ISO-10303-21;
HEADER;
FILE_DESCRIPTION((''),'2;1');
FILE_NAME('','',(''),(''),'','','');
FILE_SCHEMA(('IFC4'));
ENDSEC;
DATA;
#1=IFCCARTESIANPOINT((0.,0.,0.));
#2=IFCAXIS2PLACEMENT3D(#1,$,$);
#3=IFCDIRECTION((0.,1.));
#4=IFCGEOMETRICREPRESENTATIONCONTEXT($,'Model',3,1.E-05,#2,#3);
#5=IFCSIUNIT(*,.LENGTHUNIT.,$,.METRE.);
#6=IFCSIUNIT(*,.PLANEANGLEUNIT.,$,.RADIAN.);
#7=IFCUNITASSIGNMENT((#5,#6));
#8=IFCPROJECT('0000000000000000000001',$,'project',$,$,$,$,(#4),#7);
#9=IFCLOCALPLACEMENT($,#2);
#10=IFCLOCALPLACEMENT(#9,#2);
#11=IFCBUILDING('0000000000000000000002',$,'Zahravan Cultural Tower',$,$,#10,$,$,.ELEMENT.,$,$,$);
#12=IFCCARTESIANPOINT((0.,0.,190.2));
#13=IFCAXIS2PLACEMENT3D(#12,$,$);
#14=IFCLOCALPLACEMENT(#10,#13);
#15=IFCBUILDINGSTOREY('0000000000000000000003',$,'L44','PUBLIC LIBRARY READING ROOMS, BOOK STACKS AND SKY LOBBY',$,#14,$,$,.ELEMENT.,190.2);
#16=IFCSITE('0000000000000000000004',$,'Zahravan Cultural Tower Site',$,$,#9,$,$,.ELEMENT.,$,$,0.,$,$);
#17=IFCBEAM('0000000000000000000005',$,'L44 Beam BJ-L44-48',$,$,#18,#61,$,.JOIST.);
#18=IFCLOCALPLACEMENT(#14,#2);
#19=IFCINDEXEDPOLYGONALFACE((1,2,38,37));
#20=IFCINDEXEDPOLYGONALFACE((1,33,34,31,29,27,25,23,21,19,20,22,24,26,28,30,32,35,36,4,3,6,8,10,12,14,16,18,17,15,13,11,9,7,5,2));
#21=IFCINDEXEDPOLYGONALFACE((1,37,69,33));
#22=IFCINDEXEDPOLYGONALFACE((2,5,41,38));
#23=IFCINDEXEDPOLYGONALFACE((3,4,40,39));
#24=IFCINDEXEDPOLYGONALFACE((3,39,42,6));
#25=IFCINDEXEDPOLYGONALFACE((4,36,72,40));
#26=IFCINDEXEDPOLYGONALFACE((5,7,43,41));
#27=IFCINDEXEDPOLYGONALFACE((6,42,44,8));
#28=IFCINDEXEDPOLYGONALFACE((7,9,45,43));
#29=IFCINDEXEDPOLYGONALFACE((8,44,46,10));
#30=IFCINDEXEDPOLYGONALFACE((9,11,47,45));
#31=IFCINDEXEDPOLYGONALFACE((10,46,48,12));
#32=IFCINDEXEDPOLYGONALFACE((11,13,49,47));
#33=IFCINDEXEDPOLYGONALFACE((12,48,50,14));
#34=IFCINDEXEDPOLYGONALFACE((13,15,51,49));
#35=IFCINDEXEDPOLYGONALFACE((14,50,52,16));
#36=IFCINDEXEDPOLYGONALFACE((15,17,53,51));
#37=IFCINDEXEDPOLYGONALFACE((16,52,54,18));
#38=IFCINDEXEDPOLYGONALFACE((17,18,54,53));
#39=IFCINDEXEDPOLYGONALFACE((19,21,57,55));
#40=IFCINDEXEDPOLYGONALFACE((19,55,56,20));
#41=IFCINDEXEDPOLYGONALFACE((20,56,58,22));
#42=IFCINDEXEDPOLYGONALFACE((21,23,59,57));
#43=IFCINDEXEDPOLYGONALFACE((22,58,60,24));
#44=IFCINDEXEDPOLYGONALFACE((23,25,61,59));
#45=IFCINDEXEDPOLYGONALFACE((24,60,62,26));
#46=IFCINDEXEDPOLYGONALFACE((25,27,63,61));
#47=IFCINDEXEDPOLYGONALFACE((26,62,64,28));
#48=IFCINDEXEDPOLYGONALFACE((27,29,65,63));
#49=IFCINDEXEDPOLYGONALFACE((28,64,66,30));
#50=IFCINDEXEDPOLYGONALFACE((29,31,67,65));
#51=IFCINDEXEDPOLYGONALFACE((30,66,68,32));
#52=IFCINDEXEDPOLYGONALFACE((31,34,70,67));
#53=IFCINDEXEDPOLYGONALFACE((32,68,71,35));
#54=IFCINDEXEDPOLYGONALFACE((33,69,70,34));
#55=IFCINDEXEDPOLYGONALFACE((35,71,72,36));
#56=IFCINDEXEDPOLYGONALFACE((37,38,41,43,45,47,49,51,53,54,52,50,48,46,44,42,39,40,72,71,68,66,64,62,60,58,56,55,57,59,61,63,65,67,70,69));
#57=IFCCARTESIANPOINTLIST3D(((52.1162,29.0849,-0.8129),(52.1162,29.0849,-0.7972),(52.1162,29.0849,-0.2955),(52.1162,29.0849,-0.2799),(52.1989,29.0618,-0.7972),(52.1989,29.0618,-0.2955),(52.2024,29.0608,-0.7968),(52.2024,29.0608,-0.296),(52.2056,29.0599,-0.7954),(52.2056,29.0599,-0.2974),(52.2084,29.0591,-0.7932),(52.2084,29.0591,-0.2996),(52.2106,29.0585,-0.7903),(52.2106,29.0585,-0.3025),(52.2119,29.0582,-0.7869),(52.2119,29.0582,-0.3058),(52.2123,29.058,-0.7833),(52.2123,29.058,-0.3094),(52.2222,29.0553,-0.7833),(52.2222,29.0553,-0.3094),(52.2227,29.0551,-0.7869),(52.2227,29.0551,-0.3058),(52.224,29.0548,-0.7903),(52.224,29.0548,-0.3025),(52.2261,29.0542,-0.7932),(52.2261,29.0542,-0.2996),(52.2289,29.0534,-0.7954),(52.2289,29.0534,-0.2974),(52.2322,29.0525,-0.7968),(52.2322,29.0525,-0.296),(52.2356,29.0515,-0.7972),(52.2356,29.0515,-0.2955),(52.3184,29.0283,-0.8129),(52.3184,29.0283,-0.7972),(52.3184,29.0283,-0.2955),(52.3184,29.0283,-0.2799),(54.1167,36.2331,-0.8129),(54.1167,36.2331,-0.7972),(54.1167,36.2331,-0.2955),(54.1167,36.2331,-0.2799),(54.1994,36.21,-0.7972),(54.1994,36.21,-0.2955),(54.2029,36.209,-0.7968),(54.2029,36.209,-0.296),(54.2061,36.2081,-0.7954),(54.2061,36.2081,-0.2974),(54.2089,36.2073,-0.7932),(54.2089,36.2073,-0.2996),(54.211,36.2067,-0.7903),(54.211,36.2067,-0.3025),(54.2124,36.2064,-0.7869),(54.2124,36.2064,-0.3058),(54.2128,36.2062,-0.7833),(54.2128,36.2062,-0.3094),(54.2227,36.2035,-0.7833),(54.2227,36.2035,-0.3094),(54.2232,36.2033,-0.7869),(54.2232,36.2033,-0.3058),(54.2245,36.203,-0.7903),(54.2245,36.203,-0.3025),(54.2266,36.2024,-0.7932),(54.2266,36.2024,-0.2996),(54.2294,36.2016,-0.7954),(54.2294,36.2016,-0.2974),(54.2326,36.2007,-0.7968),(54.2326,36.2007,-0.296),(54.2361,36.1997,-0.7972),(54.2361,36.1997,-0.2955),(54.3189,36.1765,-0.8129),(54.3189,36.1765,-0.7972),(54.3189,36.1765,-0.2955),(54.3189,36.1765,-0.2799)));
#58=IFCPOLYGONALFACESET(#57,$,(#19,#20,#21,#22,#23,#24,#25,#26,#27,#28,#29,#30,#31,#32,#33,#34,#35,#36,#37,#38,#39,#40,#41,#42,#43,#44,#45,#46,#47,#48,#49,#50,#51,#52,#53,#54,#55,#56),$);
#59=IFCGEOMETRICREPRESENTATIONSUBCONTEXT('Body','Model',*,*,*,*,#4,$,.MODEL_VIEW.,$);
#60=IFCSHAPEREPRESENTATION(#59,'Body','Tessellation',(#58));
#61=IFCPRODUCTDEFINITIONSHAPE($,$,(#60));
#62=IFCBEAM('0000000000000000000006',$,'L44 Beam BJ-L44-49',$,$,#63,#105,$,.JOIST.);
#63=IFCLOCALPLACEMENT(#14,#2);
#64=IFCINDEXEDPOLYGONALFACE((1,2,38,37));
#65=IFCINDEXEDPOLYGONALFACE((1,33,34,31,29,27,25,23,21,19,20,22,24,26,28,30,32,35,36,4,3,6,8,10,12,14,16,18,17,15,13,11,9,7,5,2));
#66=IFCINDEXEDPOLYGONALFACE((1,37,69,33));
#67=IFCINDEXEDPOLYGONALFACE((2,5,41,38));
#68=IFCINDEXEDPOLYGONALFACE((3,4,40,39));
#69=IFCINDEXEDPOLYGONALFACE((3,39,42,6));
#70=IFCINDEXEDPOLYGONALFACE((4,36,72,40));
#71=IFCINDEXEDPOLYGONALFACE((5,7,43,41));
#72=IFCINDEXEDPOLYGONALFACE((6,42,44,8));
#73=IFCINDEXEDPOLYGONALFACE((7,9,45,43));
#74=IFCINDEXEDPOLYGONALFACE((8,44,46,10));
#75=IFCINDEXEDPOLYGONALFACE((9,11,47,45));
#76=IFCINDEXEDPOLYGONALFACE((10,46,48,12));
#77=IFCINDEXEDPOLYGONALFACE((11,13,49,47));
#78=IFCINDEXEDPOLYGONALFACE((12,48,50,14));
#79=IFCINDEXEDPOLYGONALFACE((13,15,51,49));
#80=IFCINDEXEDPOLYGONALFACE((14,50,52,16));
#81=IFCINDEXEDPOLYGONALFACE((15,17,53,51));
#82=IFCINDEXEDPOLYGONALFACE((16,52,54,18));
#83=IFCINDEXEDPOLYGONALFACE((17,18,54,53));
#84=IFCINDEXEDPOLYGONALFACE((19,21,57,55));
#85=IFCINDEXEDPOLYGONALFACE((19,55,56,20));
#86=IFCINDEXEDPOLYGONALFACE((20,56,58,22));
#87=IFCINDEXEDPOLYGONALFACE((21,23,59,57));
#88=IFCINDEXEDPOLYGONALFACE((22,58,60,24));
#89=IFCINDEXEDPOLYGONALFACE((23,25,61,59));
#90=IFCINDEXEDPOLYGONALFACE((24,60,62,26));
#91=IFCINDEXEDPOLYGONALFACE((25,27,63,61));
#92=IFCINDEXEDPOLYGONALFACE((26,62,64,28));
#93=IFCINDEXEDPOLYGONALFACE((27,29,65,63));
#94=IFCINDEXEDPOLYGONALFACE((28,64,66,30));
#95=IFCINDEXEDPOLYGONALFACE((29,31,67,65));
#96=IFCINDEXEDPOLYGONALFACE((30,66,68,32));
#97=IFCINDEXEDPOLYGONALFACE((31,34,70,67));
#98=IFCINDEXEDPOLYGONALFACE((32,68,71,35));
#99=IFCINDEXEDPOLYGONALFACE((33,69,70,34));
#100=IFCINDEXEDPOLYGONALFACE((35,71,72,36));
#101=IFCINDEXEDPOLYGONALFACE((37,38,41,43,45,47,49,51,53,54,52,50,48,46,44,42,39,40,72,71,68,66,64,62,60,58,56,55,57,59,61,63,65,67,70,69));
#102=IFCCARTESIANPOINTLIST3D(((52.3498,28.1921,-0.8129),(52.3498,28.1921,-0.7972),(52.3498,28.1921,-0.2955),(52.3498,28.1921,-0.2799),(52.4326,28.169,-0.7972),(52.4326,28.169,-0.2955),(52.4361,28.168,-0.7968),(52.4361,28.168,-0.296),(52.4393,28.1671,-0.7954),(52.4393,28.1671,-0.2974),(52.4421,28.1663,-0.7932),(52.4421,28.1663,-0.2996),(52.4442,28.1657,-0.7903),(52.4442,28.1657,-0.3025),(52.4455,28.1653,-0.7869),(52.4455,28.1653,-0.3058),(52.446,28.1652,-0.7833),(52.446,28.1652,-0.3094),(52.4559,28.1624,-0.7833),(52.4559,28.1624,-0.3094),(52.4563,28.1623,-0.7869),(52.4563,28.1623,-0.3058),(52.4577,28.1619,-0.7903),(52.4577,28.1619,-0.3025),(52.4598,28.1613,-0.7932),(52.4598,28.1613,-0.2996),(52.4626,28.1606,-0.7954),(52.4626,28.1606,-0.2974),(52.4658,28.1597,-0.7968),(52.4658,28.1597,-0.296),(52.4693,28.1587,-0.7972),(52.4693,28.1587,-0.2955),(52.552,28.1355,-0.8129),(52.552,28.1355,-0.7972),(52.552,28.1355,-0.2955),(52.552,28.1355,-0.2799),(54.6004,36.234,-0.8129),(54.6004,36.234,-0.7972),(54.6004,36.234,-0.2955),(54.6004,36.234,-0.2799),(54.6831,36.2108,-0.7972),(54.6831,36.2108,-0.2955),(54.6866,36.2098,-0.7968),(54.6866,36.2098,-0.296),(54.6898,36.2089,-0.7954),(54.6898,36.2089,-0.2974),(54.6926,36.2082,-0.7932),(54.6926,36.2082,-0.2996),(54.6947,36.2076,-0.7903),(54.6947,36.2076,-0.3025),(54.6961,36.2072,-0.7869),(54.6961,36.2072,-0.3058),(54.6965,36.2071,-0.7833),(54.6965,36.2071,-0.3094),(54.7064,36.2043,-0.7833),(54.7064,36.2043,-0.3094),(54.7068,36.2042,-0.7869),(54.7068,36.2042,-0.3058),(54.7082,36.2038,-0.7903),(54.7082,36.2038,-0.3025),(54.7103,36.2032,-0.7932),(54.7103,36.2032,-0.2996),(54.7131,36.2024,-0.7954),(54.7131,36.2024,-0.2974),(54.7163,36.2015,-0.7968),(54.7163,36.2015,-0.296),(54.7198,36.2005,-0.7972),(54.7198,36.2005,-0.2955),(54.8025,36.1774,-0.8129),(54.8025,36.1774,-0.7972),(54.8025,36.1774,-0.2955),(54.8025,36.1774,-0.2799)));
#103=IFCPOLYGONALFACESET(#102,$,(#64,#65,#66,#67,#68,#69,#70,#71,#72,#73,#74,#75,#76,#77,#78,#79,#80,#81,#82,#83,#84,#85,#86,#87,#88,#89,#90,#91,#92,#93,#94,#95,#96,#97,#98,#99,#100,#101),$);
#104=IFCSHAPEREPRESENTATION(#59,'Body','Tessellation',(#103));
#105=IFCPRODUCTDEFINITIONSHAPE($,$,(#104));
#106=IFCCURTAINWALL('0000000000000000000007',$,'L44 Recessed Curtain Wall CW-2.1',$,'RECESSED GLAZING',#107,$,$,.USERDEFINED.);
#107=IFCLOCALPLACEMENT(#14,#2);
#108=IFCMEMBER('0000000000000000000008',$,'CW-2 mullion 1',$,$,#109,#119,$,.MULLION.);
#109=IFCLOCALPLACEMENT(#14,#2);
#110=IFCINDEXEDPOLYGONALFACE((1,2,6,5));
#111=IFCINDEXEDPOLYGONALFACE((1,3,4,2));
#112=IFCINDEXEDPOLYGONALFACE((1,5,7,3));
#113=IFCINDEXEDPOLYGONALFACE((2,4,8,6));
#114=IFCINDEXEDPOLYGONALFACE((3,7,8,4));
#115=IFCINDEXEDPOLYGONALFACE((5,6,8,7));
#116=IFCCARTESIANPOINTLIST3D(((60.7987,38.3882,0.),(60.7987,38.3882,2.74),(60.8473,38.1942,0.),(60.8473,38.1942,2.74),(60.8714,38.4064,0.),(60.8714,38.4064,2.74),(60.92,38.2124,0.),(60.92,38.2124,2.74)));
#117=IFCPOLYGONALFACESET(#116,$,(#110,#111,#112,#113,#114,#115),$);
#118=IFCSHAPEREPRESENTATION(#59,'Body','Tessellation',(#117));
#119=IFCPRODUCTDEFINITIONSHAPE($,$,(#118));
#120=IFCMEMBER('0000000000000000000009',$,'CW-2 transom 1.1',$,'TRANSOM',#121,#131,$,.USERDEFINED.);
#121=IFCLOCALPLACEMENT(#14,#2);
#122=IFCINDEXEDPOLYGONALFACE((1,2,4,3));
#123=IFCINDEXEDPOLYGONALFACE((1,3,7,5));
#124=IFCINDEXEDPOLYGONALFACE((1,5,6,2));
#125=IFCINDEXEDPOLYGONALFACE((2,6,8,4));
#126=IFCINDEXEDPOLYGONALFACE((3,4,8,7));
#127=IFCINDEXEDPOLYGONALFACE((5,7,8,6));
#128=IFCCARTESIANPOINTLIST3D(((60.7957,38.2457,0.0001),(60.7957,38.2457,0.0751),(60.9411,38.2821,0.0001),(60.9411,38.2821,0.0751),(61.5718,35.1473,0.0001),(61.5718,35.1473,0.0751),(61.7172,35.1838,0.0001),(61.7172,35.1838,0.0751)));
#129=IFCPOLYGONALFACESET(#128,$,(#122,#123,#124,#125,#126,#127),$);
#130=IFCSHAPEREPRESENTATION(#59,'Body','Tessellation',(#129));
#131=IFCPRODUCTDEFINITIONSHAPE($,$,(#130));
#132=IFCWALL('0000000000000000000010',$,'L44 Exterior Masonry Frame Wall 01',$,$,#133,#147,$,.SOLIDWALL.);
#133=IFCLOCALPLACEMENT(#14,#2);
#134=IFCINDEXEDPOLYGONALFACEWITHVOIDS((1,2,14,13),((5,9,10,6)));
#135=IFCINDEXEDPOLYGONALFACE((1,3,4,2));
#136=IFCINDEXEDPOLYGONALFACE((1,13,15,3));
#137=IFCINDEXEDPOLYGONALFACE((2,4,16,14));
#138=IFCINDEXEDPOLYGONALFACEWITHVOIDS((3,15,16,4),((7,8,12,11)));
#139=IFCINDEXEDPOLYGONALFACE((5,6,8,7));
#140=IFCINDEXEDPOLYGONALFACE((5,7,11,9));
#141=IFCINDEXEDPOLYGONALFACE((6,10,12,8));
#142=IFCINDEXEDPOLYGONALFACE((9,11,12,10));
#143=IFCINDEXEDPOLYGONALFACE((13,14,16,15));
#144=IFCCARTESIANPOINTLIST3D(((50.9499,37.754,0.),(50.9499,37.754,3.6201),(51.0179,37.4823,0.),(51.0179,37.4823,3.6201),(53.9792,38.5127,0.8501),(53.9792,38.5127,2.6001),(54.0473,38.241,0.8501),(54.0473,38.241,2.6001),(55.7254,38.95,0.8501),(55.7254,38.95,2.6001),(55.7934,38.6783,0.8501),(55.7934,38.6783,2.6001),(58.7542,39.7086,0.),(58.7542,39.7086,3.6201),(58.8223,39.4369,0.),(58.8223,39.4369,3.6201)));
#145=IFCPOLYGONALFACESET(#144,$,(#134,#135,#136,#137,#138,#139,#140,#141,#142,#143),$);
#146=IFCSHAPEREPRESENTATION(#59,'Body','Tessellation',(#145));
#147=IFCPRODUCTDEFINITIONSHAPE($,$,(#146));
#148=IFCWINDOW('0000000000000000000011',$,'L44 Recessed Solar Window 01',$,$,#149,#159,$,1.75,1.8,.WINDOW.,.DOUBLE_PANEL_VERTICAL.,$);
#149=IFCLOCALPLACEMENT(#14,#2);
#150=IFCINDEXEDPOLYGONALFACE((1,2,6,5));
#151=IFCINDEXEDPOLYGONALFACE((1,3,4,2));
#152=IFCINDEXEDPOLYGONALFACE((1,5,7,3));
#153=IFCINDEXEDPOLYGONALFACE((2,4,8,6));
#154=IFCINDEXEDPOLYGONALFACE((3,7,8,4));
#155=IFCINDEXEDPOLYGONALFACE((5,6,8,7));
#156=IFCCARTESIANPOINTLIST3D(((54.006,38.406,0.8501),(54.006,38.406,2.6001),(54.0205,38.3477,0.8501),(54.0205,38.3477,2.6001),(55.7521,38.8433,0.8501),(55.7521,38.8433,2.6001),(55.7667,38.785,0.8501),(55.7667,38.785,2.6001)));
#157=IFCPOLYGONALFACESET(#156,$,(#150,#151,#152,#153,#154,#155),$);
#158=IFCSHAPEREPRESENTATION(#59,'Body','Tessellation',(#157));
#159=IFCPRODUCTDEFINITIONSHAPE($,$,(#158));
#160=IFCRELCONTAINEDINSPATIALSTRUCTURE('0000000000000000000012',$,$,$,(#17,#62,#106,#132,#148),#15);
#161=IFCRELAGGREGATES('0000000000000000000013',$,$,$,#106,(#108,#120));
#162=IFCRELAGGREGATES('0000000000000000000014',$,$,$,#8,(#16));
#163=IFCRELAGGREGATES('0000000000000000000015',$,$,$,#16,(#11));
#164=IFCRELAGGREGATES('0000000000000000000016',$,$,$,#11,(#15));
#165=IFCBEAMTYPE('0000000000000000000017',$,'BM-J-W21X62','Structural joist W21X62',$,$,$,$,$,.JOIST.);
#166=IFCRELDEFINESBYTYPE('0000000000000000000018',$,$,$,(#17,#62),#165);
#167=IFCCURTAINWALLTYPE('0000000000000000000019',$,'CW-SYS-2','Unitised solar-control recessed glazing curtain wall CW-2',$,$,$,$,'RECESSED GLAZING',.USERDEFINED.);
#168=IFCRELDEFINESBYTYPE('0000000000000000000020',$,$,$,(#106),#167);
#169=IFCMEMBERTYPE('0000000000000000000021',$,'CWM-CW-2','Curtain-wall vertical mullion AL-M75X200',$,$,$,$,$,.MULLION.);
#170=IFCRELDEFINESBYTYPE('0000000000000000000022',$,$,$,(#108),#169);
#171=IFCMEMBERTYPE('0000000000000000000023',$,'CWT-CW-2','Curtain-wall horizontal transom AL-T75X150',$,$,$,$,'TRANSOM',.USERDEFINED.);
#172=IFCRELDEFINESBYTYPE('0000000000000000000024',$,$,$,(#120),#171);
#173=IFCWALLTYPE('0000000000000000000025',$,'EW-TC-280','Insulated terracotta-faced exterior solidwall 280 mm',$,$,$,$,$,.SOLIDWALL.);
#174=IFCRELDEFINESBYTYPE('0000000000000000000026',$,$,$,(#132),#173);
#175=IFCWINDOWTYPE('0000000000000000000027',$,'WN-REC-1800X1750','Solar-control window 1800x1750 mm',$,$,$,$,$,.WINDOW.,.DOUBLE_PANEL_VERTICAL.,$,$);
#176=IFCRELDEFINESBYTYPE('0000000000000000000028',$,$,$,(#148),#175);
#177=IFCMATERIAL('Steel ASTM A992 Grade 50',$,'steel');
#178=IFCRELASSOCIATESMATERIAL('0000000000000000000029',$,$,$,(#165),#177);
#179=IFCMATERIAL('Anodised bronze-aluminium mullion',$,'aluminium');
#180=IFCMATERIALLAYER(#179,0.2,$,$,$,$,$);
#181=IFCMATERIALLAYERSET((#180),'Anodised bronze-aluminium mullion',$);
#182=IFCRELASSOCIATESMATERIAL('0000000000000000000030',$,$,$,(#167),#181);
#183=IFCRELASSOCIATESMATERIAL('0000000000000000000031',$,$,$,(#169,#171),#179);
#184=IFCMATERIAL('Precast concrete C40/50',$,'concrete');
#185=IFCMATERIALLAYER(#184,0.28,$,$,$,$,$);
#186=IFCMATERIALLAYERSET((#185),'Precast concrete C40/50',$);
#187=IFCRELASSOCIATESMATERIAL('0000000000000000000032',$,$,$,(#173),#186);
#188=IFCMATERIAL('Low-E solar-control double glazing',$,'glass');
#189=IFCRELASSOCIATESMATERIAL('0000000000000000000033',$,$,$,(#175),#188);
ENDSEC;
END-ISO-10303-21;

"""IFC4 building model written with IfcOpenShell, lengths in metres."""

from ifc_helpers import new_model, si_unit, direction, frame, frame_2d, origin, origin_2d, place, context, subcontext, project, spatial, rectangle, i_section, extrude, source, transform, mapped, material, layer, layer_set, material_profile, profile_set, type_object, element, fill, aggregate, save


model = new_model("IFC4")

# Units and contexts
model_context = context("Model", 3, precision=1e-05, world=origin(), true_north=direction((0.0, 1.0)))
body_context = subcontext(model_context, "Body", "Model", "MODEL_VIEW")
ifc_project = project(units=[si_unit("LENGTHUNIT", "METRE"), si_unit("PLANEANGLEUNIT", "RADIAN")], contexts=[model_context])

# Site, building, storey
site_placement = place(None, origin())
site = spatial("IfcSite", under=ifc_project, at=site_placement, Name="Zahravan Cultural Tower Site", CompositionType="ELEMENT", RefElevation=0.0)
building_placement = place(site_placement, origin())
building = spatial("IfcBuilding", under=site, at=building_placement, Name="Zahravan Cultural Tower", CompositionType="ELEMENT")
storey_placement = place(building_placement, frame((0.0, 0.0, 190.2)))
storey = spatial("IfcBuildingStorey", under=building, at=storey_placement, Name="L44", Description="PUBLIC LIBRARY READING ROOMS, BOOK STACKS AND SKY LOBBY", CompositionType="ELEMENT", Elevation=190.2)

# Shared definitions
ifc_material_1 = material(Name="Steel ASTM A992 Grade 50", Category="steel")

# Beams
ifc_material_profile_1 = material_profile(ifc_material_1, i_section(OverallWidth=0.21, OverallDepth=0.533, WebThickness=0.0103, FlangeThickness=0.0156, FilletRadius=0.0139, at=origin_2d()), Name="W21X62")
ifc_profile_set_1 = profile_set([ifc_material_profile_1], Name="Steel ASTM A992 Grade 50")
beam_type_1 = type_object("IfcBeamType", Name="BM-J-W21X62", Description="Structural joist W21X62", PredefinedType="JOIST", material=ifc_profile_set_1)
shared_shape_1 = source(origin(), body_context, "Body", "SweptSolid", [
    extrude(i_section(OverallWidth=0.21, OverallDepth=0.533, WebThickness=0.0103, FlangeThickness=0.0156, FilletRadius=0.0139, at=origin_2d()), origin(), (0.0, 0.0, 1.0), 7.4229),
])
beam_1_placement = place(storey_placement, frame((52.2173, 29.0566, -0.5464), z_axis=(0.269504, 0.962999, 0.0), x_axis=(-0.962999, 0.269504, 0.0)))
element("IfcBeam", 1, at=beam_1_placement, inside=storey, type_object=beam_type_1, Name="L44 Beam BJ-L44-48", PredefinedType="JOIST", context=body_context, shape_type="MappedRepresentation", body=[
    mapped(shared_shape_1, transform((0.0, 0.0, 0.0), x_axis=(1.0, 0.0, 0.0), y_axis=(0.0, 1.0, 0.0), z_axis=(0.0, 0.0, 1.0), scale=1.0)),
])
shared_shape_2 = source(origin(), body_context, "Body", "SweptSolid", [
    extrude(i_section(OverallWidth=0.21, OverallDepth=0.533, WebThickness=0.0103, FlangeThickness=0.0156, FilletRadius=0.0139, at=origin_2d()), origin(), (0.0, 0.0, 1.0), 8.3508),
])
beam_2_placement = place(storey_placement, frame((52.4509, 28.1638, -0.5464), z_axis=(0.269497, 0.963001, 0.0), x_axis=(-0.963001, 0.269497, 0.0)))
element("IfcBeam", 2, at=beam_2_placement, inside=storey, type_object=beam_type_1, Name="L44 Beam BJ-L44-49", PredefinedType="JOIST", context=body_context, shape_type="MappedRepresentation", body=[
    mapped(shared_shape_2, transform((0.0, 0.0, 0.0), x_axis=(1.0, 0.0, 0.0), y_axis=(0.0, 1.0, 0.0), z_axis=(0.0, 0.0, 1.0), scale=1.0)),
])

# Curtain wall, members
ifc_material_2 = material(Name="Anodised bronze-aluminium mullion", Category="aluminium")
ifc_layer_1 = layer(ifc_material_2, 0.2)
ifc_layer_set_1 = layer_set([ifc_layer_1], Name="Anodised bronze-aluminium mullion")
curtain_wall_type = type_object("IfcCurtainWallType", Name="CW-SYS-2", Description="Unitised solar-control recessed glazing curtain wall CW-2", ElementType="RECESSED GLAZING", PredefinedType="USERDEFINED", material=ifc_layer_set_1)
curtain_wall_placement = place(storey_placement, origin())
curtain_wall = element("IfcCurtainWall", 3, at=curtain_wall_placement, inside=storey, type_object=curtain_wall_type, Name="L44 Recessed Curtain Wall CW-2.1", ObjectType="RECESSED GLAZING", PredefinedType="USERDEFINED")
ifc_material_profile_2 = material_profile(ifc_material_2, rectangle(XDim=0.075, YDim=0.2, at=origin_2d()), Name="AL-M75X200")
ifc_profile_set_2 = profile_set([ifc_material_profile_2], Name="Anodised bronze-aluminium mullion")
member_type_1 = type_object("IfcMemberType", Name="CWM-CW-2", Description="Curtain-wall vertical mullion AL-M75X200", PredefinedType="MULLION", material=ifc_profile_set_2)
shared_shape_3 = source(origin(), body_context, "Body", "SweptSolid", [
    extrude(rectangle(XDim=0.075, YDim=0.2, at=origin_2d()), origin(), (0.0, 0.0, 1.0), 2.74),
])
member_1_placement = place(storey_placement, frame((60.8594, 38.3003, 0.0), z_axis=(0.0, 0.0, 1.0), x_axis=(0.97004, 0.242944, 0.0)))
member_1 = element("IfcMember", 4, at=member_1_placement, type_object=member_type_1, Name="CW-2 mullion 1", PredefinedType="MULLION", context=body_context, shape_type="MappedRepresentation", body=[
    mapped(shared_shape_3, transform((0.0, 0.0, 0.0), x_axis=(1.0, 0.0, 0.0), y_axis=(0.0, 1.0, 0.0), z_axis=(0.0, 0.0, 1.0), scale=1.0)),
])
ifc_material_profile_3 = material_profile(ifc_material_2, rectangle(XDim=0.1499, YDim=0.075, at=origin_2d()), Name="AL-T75X150")
ifc_profile_set_3 = profile_set([ifc_material_profile_3], Name="Anodised bronze-aluminium mullion")
member_type_2 = type_object("IfcMemberType", Name="CWT-CW-2", Description="Curtain-wall horizontal transom AL-T75X150", ElementType="TRANSOM", PredefinedType="USERDEFINED", material=ifc_profile_set_3)
shared_shape_4 = source(origin(), body_context, "Body", "SweptSolid", [
    extrude(rectangle(XDim=0.1499, YDim=0.075, at=origin_2d()), origin(), (0.0, 0.0, 1.0), 3.1941),
])
member_2_placement = place(storey_placement, frame((60.8684, 38.2639, 0.0376), z_axis=(0.242985, -0.97003, 0.0), x_axis=(0.97003, 0.242985, 0.0)))
member_2 = element("IfcMember", 5, at=member_2_placement, type_object=member_type_2, Name="CW-2 transom 1.1", ObjectType="TRANSOM", PredefinedType="USERDEFINED", context=body_context, shape_type="MappedRepresentation", body=[
    mapped(shared_shape_4, transform((0.0, 0.0, 0.0), x_axis=(1.0, 0.0, 0.0), y_axis=(0.0, 1.0, 0.0), z_axis=(0.0, 0.0, 1.0), scale=1.0)),
])
aggregate(curtain_wall, [member_1, member_2])

# Wall, opening, window
ifc_material_3 = material(Name="Precast concrete C40/50", Category="concrete")
ifc_layer_2 = layer(ifc_material_3, 0.28)
ifc_layer_set_2 = layer_set([ifc_layer_2], Name="Precast concrete C40/50")
wall_type_1 = type_object("IfcWallType", Name="EW-TC-280", Description="Insulated terracotta-faced exterior solidwall 280 mm", PredefinedType="SOLIDWALL", material=ifc_layer_set_2)
wall_1_placement = place(storey_placement, frame((50.9839, 37.6182, 0.0), z_axis=(0.0, 0.0, 1.0), x_axis=(0.970041, 0.242943, 0.0)))
wall_1 = element("IfcWall", 6, at=wall_1_placement, inside=storey, type_object=wall_type_1, Name="L44 Exterior Masonry Frame Wall 01", PredefinedType="SOLIDWALL", context=body_context, shape_type="SweptSolid", body=[
    extrude(rectangle(XDim=8.0454, YDim=0.28, at=frame_2d((4.0227, 0.0))), origin(), (0.0, 0.0, 1.0), 3.6201),
])
opening_1_placement = place(wall_1_placement, frame((3.123, 0.0, 0.8501)))
opening_1 = element("IfcOpeningElement", 7, at=opening_1_placement, cuts=wall_1, PredefinedType="OPENING", context=body_context, shape_type="SweptSolid", body=[
    extrude(rectangle(XDim=1.8, YDim=1.75, at=frame_2d((0.8999, 0.875))), frame((0.0, 0.1499, 0.0), z_axis=(0.0, -1.0, 0.0), x_axis=(1.0, 0.0, 0.0)), (0.0, 0.0, 1.0), 0.3),
])
ifc_material_4 = material(Name="Low-E solar-control double glazing", Category="glass")
window_type = type_object("IfcWindowType", Name="WN-REC-1800X1750", Description="Solar-control window 1800x1750 mm", PartitioningType="DOUBLE_PANEL_VERTICAL", PredefinedType="WINDOW", material=ifc_material_4)
shared_shape_5 = source(origin(), body_context, "Body", "SweptSolid", [
    extrude(rectangle(XDim=1.8, YDim=1.75, at=frame_2d((0.8999, 0.875))), frame((0.0, 0.03, 0.0), z_axis=(0.0, -1.0, 0.0), x_axis=(1.0, 0.0, 0.0)), (0.0, 0.0, 1.0), 0.0601),
])
window_placement = place(opening_1_placement, origin())
window = element("IfcWindow", 8, at=window_placement, inside=storey, type_object=window_type, Name="L44 Recessed Solar Window 01", OverallHeight=1.75, OverallWidth=1.8, PartitioningType="DOUBLE_PANEL_VERTICAL", PredefinedType="WINDOW", context=body_context, shape_type="MappedRepresentation", body=[
    mapped(shared_shape_5, transform((0.0, 0.0, 0.0), x_axis=(1.0, 0.0, 0.0), y_axis=(0.0, 1.0, 0.0), z_axis=(0.0, 0.0, 1.0), scale=1.0)),
])
fill(opening_1, window)

save(model, "model.ifc")
